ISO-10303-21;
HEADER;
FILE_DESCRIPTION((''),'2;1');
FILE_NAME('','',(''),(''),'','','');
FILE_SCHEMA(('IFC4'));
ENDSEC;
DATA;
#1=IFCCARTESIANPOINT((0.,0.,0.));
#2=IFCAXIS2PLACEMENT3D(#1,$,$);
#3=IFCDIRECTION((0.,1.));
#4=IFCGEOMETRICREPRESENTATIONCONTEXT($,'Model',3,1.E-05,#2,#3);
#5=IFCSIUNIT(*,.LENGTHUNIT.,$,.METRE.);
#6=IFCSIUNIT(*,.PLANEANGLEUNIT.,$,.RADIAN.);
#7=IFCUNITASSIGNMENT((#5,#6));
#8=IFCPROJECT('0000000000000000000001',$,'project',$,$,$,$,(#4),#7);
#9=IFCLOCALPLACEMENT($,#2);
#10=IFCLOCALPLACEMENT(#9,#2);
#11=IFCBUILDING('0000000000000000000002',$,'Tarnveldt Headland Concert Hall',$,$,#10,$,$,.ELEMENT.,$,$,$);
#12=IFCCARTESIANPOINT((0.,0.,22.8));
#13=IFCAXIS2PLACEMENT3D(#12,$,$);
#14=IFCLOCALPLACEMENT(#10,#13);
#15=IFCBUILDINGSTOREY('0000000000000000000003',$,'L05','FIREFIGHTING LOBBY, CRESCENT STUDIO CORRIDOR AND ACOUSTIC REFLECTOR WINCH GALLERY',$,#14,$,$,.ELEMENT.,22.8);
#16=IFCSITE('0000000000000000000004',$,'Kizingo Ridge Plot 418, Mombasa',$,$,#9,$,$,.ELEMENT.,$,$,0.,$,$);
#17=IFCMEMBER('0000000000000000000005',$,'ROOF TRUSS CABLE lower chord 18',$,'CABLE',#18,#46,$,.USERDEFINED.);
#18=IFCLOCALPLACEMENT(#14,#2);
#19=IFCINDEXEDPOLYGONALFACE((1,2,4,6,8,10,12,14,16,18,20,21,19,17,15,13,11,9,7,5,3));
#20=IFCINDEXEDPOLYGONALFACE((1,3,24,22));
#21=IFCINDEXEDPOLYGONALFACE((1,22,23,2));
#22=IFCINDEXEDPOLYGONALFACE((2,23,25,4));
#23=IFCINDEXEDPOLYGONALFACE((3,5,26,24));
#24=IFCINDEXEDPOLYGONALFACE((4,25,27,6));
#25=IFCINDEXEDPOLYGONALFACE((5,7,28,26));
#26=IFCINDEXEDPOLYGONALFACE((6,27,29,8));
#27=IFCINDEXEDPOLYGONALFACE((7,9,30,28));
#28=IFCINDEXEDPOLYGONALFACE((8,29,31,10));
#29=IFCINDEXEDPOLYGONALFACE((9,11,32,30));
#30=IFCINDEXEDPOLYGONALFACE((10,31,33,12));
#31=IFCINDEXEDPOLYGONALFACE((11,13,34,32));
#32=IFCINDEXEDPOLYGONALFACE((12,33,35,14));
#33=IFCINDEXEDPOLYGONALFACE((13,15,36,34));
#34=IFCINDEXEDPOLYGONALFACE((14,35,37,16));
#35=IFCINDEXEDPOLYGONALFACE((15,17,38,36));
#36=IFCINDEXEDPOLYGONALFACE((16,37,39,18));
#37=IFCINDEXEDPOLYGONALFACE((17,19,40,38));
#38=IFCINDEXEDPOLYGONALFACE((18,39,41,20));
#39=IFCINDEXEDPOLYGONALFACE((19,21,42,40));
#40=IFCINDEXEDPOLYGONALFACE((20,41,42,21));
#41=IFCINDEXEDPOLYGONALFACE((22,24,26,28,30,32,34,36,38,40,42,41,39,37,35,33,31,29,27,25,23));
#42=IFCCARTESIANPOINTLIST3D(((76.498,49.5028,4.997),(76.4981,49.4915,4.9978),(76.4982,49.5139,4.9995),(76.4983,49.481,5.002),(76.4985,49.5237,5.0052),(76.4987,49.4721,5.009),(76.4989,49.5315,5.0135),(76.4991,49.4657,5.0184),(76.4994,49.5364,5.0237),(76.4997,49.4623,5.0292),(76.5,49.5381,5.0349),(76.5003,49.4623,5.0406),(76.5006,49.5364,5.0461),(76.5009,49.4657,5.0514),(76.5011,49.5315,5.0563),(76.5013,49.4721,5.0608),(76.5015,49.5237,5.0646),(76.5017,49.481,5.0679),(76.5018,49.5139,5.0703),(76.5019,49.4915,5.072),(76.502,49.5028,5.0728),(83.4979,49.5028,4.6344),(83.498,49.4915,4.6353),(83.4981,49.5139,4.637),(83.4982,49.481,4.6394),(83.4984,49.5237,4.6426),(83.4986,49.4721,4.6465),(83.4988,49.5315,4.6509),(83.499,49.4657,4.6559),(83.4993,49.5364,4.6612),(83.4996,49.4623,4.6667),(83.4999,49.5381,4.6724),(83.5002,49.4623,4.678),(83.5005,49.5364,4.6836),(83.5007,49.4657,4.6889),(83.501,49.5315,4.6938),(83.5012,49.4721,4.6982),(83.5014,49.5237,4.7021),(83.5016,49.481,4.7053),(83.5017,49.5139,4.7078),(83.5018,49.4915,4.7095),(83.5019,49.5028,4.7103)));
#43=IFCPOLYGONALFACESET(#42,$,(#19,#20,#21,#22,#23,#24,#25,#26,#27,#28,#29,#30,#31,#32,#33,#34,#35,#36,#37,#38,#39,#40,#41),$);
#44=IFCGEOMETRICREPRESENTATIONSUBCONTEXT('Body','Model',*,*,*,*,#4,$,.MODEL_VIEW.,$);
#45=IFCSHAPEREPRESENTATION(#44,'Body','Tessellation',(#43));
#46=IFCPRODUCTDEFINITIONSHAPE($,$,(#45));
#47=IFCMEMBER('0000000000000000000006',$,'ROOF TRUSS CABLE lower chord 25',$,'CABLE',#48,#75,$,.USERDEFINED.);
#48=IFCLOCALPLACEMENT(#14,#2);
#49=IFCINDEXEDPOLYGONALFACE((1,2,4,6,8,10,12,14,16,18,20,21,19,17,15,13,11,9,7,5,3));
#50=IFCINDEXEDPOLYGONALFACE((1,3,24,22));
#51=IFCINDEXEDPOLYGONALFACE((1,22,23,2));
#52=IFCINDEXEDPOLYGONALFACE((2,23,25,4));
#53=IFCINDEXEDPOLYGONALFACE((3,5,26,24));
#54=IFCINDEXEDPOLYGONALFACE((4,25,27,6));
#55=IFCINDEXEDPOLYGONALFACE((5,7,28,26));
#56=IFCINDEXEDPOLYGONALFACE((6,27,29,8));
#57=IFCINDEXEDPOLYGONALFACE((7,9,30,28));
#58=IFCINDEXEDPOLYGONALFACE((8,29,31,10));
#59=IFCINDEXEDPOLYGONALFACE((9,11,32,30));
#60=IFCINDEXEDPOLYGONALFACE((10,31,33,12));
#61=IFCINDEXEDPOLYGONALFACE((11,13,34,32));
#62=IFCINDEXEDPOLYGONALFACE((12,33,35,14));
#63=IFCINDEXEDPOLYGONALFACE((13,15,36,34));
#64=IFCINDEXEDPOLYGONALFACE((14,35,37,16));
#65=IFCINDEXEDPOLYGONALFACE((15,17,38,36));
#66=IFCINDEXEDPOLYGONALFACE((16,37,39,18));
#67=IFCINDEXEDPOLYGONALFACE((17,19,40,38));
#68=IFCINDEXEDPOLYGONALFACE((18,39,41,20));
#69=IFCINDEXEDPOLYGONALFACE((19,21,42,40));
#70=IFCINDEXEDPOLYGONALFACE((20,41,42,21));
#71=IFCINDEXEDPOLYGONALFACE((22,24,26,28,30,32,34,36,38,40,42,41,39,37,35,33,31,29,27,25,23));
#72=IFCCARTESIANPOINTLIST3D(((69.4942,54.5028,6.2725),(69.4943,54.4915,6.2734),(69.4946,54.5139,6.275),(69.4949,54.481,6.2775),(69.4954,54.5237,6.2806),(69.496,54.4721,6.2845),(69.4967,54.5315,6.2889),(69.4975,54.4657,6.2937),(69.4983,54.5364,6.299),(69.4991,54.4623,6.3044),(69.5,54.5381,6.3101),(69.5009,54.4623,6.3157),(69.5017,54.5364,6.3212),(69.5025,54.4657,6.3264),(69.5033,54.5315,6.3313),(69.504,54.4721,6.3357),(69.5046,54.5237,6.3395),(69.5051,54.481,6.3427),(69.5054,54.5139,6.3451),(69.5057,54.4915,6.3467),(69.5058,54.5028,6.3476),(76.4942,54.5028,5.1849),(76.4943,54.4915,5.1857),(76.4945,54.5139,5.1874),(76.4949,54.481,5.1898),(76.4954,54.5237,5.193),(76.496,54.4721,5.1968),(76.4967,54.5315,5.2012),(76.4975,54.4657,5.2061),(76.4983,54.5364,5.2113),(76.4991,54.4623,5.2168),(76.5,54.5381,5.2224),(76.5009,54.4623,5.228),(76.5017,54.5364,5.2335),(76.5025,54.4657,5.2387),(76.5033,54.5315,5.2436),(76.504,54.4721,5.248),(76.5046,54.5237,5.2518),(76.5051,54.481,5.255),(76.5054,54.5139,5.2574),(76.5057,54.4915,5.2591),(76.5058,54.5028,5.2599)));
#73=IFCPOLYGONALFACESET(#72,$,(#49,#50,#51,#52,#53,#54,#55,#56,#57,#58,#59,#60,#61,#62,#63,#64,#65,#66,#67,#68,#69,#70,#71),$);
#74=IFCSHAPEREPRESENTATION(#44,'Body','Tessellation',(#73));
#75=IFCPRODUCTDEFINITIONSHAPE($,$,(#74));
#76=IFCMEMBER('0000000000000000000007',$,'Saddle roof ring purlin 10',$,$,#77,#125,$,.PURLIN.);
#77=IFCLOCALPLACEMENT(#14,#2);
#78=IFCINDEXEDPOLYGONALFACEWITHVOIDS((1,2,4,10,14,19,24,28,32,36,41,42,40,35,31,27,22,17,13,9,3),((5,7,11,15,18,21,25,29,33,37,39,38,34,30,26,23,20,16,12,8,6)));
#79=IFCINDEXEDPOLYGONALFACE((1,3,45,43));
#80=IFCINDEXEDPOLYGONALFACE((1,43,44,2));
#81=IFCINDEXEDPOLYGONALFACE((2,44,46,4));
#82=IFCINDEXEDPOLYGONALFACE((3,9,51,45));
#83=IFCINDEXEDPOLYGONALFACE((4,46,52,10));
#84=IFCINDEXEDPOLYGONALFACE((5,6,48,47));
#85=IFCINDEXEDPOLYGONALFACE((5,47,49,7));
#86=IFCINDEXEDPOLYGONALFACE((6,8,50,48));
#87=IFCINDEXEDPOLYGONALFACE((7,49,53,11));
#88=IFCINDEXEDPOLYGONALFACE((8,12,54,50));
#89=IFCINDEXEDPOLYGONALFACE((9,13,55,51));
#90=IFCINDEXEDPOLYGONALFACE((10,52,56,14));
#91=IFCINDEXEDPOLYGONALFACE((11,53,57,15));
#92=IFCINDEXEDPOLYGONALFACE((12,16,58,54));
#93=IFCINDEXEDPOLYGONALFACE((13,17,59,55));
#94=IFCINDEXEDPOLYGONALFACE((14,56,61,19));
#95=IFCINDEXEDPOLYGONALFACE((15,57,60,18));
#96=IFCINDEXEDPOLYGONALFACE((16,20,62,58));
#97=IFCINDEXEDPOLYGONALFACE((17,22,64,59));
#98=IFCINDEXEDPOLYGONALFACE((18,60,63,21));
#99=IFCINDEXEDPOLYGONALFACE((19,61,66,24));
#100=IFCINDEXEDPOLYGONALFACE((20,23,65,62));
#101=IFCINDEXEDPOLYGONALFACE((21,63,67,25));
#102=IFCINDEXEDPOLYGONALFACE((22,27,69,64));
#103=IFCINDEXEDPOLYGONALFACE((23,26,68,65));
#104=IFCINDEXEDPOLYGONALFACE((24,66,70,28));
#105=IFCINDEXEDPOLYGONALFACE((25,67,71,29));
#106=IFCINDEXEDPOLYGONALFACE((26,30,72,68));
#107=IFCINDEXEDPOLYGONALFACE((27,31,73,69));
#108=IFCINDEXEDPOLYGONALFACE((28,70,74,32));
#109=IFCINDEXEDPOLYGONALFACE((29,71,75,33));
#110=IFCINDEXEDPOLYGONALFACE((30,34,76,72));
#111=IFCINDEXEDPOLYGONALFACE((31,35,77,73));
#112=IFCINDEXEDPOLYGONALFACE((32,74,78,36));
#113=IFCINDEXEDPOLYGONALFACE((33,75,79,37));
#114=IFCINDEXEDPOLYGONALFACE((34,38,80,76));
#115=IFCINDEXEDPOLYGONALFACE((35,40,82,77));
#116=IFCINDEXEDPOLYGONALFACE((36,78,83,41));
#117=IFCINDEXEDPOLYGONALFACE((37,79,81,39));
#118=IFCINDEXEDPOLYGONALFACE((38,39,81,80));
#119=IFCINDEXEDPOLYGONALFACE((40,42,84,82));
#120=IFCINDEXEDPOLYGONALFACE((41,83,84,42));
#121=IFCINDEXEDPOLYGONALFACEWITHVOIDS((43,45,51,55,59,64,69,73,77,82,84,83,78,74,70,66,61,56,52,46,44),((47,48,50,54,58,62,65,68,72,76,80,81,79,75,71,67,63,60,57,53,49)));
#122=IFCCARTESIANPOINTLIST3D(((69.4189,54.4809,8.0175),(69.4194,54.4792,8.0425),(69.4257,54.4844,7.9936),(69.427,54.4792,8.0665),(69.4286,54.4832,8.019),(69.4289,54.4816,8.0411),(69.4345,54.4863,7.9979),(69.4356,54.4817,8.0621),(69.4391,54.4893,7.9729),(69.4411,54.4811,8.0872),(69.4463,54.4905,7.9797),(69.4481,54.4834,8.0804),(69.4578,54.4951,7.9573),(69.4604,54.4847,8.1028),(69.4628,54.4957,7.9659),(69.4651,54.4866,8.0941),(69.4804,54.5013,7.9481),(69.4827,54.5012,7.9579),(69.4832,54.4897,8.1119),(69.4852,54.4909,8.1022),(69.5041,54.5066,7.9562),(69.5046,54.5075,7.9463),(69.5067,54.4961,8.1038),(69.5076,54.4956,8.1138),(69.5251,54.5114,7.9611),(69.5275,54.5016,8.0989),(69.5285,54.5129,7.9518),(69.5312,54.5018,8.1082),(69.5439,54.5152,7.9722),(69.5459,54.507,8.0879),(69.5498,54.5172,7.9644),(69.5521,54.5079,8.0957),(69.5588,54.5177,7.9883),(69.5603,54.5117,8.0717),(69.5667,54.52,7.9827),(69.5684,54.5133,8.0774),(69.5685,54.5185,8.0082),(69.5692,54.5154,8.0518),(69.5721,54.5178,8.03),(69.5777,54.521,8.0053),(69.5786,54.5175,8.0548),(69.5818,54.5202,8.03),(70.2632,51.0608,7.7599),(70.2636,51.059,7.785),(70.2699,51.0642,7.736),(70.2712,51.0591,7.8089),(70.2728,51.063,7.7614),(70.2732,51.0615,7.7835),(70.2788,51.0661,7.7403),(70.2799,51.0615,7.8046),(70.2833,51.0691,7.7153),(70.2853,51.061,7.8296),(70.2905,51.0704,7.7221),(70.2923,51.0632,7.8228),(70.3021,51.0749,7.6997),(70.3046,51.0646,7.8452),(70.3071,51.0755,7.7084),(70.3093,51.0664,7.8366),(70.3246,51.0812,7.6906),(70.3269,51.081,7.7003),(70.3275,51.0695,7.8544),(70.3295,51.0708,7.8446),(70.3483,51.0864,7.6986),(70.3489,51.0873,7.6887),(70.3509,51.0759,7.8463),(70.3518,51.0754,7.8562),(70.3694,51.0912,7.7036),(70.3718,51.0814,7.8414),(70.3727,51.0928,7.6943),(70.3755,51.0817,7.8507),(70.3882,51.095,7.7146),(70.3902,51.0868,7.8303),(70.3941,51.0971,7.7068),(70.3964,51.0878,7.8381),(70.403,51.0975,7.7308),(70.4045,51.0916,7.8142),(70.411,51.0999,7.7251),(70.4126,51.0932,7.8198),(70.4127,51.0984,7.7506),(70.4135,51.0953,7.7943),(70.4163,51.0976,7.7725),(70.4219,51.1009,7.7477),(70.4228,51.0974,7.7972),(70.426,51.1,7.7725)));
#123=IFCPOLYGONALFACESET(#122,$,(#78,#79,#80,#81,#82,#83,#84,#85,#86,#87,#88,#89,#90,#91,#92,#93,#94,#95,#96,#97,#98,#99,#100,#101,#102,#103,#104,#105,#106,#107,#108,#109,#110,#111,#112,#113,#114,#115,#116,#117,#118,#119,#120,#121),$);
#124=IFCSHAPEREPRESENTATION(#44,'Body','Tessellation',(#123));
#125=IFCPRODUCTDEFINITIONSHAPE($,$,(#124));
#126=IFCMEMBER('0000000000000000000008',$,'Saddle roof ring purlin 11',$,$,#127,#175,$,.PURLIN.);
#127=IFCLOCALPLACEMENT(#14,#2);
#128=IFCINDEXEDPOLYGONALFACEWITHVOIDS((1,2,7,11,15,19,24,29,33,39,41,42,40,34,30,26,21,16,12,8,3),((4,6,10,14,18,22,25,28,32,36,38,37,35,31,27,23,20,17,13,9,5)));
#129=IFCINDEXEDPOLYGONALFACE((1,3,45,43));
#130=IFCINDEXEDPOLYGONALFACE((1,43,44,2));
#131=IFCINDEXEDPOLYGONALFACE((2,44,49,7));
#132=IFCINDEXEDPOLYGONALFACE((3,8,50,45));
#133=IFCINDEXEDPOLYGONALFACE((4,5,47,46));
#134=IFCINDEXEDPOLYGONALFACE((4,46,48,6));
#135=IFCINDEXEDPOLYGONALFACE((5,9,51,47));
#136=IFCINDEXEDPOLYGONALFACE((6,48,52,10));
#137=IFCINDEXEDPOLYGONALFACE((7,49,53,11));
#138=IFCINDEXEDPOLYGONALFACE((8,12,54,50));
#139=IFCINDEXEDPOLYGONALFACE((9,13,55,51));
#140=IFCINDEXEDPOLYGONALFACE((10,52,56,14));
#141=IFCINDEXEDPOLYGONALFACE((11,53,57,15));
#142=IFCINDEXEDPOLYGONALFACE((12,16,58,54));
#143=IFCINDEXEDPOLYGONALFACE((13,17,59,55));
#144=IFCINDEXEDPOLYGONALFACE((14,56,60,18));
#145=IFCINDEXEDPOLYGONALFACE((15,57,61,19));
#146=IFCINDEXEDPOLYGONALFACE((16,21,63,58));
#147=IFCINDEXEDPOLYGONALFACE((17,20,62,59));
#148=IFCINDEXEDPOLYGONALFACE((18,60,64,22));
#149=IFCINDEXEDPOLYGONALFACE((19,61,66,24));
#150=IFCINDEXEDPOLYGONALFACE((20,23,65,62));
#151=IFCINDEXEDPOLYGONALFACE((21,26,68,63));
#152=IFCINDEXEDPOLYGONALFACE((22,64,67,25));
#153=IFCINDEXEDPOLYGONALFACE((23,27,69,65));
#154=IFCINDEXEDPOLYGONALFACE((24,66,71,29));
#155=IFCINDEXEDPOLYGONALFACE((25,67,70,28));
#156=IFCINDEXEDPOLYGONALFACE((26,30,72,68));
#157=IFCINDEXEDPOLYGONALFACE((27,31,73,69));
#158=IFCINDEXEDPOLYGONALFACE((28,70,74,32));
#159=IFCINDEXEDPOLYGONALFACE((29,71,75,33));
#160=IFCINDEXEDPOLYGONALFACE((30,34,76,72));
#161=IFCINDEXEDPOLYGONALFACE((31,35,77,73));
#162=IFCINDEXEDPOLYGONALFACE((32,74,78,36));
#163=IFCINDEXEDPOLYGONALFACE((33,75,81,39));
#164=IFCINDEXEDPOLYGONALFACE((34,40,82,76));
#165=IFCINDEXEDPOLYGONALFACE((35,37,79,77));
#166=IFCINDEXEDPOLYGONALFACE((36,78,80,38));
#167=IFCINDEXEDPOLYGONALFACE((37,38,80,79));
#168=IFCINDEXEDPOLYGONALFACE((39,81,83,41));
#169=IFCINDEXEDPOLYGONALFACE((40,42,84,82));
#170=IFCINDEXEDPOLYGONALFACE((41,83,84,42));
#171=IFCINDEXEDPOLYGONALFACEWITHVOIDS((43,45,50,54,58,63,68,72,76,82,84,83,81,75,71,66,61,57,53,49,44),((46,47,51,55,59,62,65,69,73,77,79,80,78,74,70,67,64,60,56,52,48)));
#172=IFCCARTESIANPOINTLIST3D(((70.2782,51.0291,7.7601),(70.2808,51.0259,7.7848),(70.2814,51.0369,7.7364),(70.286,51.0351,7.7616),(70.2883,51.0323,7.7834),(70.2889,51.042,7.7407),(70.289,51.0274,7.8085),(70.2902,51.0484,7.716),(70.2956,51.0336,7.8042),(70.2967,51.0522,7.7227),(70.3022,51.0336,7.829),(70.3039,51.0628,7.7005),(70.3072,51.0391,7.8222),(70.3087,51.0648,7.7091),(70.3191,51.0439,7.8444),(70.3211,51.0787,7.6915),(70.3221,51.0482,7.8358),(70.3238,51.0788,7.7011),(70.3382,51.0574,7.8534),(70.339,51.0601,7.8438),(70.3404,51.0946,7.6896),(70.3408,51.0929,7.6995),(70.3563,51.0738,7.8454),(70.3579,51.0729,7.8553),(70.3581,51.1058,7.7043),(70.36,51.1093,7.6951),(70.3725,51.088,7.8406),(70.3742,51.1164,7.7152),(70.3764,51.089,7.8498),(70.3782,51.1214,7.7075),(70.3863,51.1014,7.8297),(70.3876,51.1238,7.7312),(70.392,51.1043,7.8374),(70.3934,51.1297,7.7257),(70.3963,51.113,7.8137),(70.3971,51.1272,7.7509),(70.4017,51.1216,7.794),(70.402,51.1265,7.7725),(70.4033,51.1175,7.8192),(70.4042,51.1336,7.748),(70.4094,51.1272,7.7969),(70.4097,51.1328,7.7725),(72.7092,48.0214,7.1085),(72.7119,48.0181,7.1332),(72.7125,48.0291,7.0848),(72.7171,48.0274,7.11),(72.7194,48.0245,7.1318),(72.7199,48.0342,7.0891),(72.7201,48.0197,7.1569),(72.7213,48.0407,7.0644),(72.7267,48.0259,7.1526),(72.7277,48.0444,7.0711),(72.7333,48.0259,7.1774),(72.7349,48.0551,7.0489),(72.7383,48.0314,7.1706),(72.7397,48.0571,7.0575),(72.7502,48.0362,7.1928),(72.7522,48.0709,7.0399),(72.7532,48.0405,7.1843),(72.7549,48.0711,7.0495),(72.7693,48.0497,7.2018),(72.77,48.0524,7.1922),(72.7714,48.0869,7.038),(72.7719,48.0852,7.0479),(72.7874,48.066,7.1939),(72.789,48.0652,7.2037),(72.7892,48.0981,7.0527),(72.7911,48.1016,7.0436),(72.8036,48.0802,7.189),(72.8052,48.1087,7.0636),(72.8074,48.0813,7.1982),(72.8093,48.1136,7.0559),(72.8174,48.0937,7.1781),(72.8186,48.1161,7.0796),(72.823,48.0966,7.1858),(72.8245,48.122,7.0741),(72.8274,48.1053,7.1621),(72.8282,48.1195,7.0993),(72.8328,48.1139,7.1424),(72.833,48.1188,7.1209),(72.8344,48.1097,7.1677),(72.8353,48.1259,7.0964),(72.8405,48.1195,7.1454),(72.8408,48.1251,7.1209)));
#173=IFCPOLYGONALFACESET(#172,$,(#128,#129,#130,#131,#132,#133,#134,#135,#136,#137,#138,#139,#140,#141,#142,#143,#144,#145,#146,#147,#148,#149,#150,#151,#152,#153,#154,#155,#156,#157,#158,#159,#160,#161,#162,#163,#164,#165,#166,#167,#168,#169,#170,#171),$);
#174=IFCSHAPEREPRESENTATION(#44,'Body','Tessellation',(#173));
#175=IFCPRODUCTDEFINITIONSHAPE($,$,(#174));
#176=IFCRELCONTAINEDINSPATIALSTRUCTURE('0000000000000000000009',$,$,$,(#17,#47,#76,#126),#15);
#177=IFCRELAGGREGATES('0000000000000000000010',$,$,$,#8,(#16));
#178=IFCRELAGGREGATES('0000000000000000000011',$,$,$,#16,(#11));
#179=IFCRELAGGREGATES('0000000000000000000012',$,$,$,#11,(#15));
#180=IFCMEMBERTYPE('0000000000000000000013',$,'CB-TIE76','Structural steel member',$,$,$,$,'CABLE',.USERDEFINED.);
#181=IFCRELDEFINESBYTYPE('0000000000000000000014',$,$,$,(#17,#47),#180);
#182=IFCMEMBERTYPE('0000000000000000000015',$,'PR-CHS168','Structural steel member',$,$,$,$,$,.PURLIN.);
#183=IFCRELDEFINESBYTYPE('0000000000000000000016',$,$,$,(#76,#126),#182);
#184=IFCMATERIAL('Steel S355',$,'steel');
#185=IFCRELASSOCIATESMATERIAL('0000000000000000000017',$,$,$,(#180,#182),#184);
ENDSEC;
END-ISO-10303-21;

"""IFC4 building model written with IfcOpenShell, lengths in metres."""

from ifc_helpers import new_model, si_unit, direction, frame, origin, origin_2d, place, context, subcontext, project, spatial, circle, hollow_circle, extrude, material, material_profile, profile_set, type_object, element, save


model = new_model("IFC4")

# Units and contexts
model_context = context("Model", 3, precision=1e-05, world=origin(), true_north=direction((0.0, 1.0)))
body_context = subcontext(model_context, "Body", "Model", "MODEL_VIEW")
ifc_project = project(units=[si_unit("LENGTHUNIT", "METRE"), si_unit("PLANEANGLEUNIT", "RADIAN")], contexts=[model_context])

# Site, building, storey
site_placement = place(None, origin())
site = spatial("IfcSite", under=ifc_project, at=site_placement, Name="Kizingo Ridge Plot 418, Mombasa", CompositionType="ELEMENT", RefElevation=0.0)
building_placement = place(site_placement, origin())
building = spatial("IfcBuilding", under=site, at=building_placement, Name="Tarnveldt Headland Concert Hall", CompositionType="ELEMENT")
storey_placement = place(building_placement, frame((0.0, 0.0, 22.8)))
storey = spatial("IfcBuildingStorey", under=building, at=storey_placement, Name="L05", Description="FIREFIGHTING LOBBY, CRESCENT STUDIO CORRIDOR AND ACOUSTIC REFLECTOR WINCH GALLERY", CompositionType="ELEMENT", Elevation=22.8)

# Members
ifc_material_1 = material(Name="Steel S355", Category="steel")
ifc_material_profile_1 = material_profile(ifc_material_1, circle(Radius=0.0381, at=origin_2d()), Name="LC D76", Category="steel")
ifc_profile_set_1 = profile_set([ifc_material_profile_1], Name="Steel S355")
member_type_1 = type_object("IfcMemberType", Name="CB-TIE76", Description="Structural steel member", ElementType="CABLE", PredefinedType="USERDEFINED", material=ifc_profile_set_1)
for number, where, z_axis, x_axis, name in (
    (1, (76.5, 49.5, 5.0349), (0.998661, 0.0, -0.051723), (0.0, 1.0, 0.0), "ROOF TRUSS CABLE lower chord 18"),
):
    element("IfcMember", number, at=place(storey_placement, frame(where, z_axis=z_axis, x_axis=x_axis)), inside=storey, type_object=member_type_1, Name=name, ObjectType="CABLE", PredefinedType="USERDEFINED", context=body_context, shape_type="SweptSolid", body=[
        extrude(circle(Radius=0.0381, at=origin_2d()), origin(), (0.0, 0.0, 1.0), 7.0093),
    ])
member_1_placement = place(storey_placement, frame((69.5, 54.5, 6.3101), z_axis=(0.988143, 0.0, -0.153536), x_axis=(0.0, 1.0, 0.0)))
element("IfcMember", 2, at=member_1_placement, inside=storey, type_object=member_type_1, Name="ROOF TRUSS CABLE lower chord 25", ObjectType="CABLE", PredefinedType="USERDEFINED", context=body_context, shape_type="SweptSolid", body=[
    extrude(circle(Radius=0.0381, at=origin_2d()), origin(), (0.0, 0.0, 1.0), 7.084),
])
ifc_material_profile_2 = material_profile(ifc_material_1, hollow_circle(Radius=0.0842, WallThickness=0.01, at=origin_2d()), Name="CHS 168.3x10", Category="steel")
ifc_profile_set_2 = profile_set([ifc_material_profile_2], Name="Steel S355")
member_type_2 = type_object("IfcMemberType", Name="PR-CHS168", Description="Structural steel member", PredefinedType="PURLIN", material=ifc_profile_set_2)
member_2_placement = place(storey_placement, frame((69.5, 54.5, 8.03), z_axis=(0.23901, -0.968275, -0.07292), x_axis=(0.97086, 0.239648, 0.0)))
element("IfcMember", 3, at=member_2_placement, inside=storey, type_object=member_type_2, Name="Saddle roof ring purlin 10", PredefinedType="PURLIN", context=body_context, shape_type="SweptSolid", body=[
    extrude(hollow_circle(Radius=0.0842, WallThickness=0.01, at=origin_2d()), origin(), (0.0, 0.0, 1.0), 3.5322),
])
member_3_placement = place(storey_placement, frame((70.3442, 51.0798, 7.7725), z_axis=(0.619877, -0.766909, -0.166143), x_axis=(0.777718, 0.628613, 0.0)))
element("IfcMember", 4, at=member_3_placement, inside=storey, type_object=member_type_2, Name="Saddle roof ring purlin 11", PredefinedType="PURLIN", context=body_context, shape_type="SweptSolid", body=[
    extrude(hollow_circle(Radius=0.0842, WallThickness=0.01, at=origin_2d()), origin(), (0.0, 0.0, 1.0), 3.9219),
])

save(model, "model.ifc")
